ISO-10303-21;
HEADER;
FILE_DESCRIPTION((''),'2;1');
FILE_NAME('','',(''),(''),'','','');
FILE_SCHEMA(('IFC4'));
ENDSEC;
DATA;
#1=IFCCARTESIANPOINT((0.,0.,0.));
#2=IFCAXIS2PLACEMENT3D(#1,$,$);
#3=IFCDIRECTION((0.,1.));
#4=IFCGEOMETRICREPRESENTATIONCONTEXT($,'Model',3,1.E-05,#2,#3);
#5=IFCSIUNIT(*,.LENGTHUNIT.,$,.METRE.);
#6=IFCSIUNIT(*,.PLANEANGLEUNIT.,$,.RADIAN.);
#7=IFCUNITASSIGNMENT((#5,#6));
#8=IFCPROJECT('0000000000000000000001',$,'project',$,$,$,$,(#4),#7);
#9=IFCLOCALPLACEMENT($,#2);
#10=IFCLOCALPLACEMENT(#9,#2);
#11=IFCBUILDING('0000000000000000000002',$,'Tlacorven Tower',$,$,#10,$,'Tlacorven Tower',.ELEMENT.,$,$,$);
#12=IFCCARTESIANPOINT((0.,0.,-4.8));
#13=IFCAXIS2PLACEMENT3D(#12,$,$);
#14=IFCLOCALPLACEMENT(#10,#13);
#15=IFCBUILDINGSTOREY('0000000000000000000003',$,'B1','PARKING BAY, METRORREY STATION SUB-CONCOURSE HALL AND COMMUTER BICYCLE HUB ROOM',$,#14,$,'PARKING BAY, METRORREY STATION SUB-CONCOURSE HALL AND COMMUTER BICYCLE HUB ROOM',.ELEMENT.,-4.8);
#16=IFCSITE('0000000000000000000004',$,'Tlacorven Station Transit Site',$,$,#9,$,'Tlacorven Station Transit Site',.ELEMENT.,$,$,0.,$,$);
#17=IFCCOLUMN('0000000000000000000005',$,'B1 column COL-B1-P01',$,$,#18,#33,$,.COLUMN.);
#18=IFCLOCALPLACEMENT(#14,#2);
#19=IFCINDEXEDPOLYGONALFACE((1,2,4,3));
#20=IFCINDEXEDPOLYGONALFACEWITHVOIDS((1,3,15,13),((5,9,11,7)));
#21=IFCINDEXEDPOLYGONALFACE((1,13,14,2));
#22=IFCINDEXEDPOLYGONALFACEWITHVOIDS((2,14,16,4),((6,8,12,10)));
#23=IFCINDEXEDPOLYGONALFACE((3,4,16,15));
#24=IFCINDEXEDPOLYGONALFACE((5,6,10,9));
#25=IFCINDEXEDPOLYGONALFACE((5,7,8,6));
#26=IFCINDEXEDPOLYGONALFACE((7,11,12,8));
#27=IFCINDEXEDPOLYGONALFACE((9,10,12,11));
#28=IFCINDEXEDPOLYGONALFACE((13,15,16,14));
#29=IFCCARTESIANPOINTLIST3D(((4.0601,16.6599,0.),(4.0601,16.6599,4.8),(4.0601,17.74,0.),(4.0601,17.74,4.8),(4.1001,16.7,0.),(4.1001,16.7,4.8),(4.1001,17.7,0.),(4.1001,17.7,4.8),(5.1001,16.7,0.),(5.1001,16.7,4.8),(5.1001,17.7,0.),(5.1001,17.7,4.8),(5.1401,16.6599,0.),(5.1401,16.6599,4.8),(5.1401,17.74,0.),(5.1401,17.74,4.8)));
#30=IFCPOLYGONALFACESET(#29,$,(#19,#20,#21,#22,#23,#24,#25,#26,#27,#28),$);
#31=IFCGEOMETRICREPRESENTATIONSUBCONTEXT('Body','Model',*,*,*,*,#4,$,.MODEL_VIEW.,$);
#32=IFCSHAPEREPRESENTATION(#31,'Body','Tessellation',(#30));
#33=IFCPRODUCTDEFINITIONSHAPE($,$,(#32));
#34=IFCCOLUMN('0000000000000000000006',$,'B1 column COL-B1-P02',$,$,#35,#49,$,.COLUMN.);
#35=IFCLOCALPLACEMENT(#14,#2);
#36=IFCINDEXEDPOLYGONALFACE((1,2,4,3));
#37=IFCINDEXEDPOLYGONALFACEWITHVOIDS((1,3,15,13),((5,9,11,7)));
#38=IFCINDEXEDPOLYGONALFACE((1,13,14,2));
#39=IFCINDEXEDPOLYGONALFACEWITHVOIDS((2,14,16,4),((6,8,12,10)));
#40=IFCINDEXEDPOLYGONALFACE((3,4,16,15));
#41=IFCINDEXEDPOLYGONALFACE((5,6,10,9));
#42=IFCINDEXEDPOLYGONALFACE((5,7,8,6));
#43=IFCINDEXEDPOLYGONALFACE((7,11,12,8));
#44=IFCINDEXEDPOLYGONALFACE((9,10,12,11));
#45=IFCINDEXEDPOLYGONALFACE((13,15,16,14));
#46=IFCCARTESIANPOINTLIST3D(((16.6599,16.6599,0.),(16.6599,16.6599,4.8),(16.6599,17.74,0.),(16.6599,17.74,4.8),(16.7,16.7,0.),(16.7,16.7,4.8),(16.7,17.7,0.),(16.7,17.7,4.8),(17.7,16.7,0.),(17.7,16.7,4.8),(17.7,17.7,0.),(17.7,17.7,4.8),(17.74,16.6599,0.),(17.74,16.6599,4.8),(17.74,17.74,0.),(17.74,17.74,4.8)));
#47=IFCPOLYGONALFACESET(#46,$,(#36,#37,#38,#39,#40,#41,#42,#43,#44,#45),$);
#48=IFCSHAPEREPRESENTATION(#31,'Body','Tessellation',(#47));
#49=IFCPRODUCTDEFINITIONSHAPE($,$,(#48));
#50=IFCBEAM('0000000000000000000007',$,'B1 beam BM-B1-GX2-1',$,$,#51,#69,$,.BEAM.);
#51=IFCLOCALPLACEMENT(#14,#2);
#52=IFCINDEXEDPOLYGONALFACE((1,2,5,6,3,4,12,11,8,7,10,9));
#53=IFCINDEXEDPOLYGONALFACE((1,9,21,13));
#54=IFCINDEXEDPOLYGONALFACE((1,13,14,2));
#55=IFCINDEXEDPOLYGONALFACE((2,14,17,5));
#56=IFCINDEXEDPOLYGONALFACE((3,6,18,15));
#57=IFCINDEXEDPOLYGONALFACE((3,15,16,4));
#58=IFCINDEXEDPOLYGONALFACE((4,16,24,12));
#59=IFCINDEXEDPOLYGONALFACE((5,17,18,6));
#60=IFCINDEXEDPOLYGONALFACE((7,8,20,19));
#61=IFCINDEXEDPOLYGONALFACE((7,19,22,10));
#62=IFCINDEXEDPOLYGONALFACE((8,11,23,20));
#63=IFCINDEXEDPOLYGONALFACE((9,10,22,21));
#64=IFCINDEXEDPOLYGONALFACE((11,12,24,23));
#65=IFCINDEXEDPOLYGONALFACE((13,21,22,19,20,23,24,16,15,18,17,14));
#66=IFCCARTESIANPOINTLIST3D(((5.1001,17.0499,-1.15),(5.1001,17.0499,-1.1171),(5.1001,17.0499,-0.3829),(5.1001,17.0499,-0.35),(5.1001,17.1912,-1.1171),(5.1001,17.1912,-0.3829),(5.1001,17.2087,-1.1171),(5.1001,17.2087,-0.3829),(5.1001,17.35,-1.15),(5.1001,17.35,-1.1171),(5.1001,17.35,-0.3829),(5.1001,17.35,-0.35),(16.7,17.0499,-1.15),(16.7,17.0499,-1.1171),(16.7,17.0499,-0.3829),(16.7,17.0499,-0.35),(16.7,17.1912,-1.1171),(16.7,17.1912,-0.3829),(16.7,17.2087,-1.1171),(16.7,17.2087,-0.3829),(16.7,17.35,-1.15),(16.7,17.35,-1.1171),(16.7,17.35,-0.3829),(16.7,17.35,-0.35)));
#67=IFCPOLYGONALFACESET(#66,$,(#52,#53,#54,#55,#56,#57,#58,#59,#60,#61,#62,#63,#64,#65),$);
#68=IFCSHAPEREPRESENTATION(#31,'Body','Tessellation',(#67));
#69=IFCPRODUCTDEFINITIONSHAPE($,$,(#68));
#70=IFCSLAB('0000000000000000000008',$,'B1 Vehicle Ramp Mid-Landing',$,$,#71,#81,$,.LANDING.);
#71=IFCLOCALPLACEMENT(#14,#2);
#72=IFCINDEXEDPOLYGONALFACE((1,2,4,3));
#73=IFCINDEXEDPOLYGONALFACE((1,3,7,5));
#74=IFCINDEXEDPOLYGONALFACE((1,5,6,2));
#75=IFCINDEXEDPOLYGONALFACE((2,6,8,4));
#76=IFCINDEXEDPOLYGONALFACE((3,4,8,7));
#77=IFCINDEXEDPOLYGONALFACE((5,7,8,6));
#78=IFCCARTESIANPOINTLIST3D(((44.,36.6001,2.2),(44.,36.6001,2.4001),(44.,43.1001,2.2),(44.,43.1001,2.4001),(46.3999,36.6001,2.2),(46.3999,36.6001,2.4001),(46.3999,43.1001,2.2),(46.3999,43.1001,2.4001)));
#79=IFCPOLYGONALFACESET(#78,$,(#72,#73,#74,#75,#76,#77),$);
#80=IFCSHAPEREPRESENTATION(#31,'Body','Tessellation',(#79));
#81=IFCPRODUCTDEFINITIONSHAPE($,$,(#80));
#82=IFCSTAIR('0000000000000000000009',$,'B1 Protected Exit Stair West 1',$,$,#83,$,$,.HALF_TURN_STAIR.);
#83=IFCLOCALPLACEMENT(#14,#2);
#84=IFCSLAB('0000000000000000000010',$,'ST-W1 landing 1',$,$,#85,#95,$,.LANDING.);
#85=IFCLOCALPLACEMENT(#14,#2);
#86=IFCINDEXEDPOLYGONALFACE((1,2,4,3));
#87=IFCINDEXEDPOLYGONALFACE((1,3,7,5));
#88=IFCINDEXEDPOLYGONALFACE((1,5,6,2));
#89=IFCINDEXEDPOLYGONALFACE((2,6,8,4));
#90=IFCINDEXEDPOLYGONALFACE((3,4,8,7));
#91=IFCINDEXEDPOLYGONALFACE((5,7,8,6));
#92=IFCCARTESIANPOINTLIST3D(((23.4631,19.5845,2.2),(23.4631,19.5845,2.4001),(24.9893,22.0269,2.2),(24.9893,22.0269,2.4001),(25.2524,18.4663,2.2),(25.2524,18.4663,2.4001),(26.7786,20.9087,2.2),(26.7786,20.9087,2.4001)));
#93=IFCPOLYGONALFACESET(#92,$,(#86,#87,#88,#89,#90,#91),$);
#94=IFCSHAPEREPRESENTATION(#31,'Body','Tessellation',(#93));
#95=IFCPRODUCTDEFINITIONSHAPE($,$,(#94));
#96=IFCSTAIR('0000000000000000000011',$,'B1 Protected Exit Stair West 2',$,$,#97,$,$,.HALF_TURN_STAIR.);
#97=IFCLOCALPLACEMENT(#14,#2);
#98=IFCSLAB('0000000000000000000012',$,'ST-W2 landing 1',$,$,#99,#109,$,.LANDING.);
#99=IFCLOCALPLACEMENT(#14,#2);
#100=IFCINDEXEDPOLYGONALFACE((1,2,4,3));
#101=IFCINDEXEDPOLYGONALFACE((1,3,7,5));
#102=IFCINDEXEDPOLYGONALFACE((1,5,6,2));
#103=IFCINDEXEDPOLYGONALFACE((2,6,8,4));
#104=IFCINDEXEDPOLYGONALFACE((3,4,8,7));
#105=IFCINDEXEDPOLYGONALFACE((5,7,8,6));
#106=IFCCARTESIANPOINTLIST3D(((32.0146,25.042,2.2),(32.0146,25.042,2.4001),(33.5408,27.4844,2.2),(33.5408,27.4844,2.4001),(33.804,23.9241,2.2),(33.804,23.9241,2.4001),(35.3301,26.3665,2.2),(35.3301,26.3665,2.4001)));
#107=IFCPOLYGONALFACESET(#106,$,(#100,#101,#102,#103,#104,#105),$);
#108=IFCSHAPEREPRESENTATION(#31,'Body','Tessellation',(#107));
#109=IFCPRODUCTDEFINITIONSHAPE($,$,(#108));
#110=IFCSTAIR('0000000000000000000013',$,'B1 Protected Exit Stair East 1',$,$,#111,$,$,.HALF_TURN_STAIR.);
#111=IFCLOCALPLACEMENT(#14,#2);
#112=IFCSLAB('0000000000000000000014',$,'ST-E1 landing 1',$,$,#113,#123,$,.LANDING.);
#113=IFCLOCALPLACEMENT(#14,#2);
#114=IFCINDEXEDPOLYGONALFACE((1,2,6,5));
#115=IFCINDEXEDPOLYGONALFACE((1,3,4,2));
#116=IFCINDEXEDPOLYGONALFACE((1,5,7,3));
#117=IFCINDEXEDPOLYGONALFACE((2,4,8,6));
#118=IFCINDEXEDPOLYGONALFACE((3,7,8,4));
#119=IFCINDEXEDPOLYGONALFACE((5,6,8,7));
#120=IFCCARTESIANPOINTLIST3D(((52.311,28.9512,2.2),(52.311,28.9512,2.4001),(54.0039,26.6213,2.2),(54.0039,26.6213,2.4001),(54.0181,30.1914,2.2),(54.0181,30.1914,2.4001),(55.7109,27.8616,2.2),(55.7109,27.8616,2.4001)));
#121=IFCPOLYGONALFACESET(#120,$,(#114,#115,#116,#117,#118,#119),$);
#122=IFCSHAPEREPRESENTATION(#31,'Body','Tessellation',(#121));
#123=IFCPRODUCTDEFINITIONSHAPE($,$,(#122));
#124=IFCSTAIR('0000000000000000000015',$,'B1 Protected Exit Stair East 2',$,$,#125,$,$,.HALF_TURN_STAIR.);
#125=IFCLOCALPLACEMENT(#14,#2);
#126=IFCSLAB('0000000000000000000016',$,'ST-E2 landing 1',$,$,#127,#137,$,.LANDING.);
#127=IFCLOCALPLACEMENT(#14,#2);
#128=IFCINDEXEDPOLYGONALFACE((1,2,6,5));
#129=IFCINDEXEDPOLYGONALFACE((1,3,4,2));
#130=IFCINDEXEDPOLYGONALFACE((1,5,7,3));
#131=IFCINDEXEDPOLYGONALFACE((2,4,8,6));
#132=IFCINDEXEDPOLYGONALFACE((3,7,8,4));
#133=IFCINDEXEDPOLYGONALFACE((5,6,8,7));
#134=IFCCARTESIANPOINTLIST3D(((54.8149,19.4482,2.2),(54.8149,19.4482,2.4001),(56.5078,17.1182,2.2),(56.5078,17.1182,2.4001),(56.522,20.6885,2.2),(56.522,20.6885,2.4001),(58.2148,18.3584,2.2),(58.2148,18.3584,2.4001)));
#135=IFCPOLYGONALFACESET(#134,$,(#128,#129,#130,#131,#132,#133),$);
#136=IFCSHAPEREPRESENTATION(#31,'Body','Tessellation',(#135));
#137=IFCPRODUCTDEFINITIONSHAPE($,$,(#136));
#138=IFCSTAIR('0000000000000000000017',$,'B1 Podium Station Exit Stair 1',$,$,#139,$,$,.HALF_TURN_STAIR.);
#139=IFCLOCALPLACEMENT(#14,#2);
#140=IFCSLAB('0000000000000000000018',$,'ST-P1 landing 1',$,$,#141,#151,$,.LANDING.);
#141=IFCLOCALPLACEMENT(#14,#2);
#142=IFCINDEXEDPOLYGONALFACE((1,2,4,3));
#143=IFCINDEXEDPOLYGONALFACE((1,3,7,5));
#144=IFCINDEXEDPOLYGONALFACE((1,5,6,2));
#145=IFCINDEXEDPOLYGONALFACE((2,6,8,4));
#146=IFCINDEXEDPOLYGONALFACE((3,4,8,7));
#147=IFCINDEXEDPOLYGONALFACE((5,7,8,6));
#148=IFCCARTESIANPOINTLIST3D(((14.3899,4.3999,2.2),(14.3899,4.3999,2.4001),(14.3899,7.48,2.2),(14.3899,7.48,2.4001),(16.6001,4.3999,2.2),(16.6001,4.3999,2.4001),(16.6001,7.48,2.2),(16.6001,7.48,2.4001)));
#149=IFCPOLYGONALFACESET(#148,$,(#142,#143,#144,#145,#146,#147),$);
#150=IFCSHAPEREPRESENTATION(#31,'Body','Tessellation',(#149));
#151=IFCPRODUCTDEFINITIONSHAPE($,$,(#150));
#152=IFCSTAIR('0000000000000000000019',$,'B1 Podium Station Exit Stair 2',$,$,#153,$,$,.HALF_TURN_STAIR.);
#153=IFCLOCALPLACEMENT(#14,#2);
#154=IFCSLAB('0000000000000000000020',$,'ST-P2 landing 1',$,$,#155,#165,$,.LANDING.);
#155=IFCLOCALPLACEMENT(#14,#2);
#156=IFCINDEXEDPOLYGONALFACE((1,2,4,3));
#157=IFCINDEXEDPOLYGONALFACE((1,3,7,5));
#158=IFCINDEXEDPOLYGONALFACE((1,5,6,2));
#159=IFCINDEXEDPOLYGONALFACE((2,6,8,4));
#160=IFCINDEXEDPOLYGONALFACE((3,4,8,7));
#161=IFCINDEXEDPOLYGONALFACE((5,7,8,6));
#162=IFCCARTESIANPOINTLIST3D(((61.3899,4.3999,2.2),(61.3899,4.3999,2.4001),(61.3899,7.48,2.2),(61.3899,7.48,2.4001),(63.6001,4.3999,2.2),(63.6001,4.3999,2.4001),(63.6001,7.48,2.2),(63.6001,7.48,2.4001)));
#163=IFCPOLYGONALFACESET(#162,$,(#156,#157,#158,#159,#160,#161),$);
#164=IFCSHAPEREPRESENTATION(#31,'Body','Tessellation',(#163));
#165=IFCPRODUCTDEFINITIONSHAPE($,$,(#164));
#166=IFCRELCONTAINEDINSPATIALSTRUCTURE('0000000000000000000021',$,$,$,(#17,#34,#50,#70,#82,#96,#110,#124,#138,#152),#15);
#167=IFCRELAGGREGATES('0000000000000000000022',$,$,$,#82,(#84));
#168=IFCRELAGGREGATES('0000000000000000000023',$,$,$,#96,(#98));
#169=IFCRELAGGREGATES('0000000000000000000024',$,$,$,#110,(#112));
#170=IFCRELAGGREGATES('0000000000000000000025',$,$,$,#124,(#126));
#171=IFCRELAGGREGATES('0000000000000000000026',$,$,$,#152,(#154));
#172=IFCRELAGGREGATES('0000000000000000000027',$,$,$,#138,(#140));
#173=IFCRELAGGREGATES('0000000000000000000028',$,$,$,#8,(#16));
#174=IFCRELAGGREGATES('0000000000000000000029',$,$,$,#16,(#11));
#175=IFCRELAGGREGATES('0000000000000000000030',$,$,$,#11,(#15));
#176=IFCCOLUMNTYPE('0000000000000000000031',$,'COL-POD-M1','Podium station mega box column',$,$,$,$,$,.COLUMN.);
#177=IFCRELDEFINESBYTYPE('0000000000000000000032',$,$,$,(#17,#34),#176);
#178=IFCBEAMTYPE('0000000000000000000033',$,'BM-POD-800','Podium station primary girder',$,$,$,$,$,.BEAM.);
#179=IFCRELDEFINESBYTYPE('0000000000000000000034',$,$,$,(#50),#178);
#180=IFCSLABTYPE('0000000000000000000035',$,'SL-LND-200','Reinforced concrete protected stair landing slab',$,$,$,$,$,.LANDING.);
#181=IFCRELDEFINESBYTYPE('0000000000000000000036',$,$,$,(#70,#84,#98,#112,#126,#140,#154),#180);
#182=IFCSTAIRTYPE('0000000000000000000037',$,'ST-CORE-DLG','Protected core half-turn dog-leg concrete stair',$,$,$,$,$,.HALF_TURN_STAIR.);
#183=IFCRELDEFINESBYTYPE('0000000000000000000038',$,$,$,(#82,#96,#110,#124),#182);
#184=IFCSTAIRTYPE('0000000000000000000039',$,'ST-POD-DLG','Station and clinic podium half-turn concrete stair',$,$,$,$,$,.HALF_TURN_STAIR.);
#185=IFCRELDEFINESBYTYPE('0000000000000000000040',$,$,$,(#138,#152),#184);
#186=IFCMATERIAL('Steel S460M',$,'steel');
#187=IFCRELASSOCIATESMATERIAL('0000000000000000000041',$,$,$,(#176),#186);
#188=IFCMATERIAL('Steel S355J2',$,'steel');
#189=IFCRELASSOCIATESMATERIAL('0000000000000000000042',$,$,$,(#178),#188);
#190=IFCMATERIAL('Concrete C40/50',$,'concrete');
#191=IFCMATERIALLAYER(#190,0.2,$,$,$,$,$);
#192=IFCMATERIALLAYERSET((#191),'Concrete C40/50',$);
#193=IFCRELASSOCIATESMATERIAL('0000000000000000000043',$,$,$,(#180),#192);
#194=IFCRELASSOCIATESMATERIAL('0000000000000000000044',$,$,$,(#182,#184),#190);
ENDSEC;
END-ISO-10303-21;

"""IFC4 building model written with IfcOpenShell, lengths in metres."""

from ifc_helpers import new_model, si_unit, direction, frame, origin, origin_2d, place, context, subcontext, project, spatial, polyline, hollow_rectangle, i_section, outline, extrude, source, transform, mapped, material, layer, layer_set, material_profile, profile_set, type_object, element, aggregate, save


model = new_model("IFC4")

# Units and contexts
model_context = context("Model", 3, precision=1e-05, world=origin(), true_north=direction((0.0, 1.0)))
body_context = subcontext(model_context, "Body", "Model", "MODEL_VIEW")
ifc_project = project(units=[si_unit("LENGTHUNIT", "METRE"), si_unit("PLANEANGLEUNIT", "RADIAN")], contexts=[model_context])

# Site, building, storey
site_placement = place(None, origin())
site = spatial("IfcSite", under=ifc_project, at=site_placement, Name="Tlacorven Station Transit Site", LongName="Tlacorven Station Transit Site", CompositionType="ELEMENT", RefElevation=0.0)
building_placement = place(site_placement, origin())
building = spatial("IfcBuilding", under=site, at=building_placement, Name="Tlacorven Tower", LongName="Tlacorven Tower", CompositionType="ELEMENT")
storey_placement = place(building_placement, frame((0.0, 0.0, -4.8)))
storey = spatial("IfcBuildingStorey", under=building, at=storey_placement, Name="B1", Description="PARKING BAY, METRORREY STATION SUB-CONCOURSE HALL AND COMMUTER BICYCLE HUB ROOM", LongName="PARKING BAY, METRORREY STATION SUB-CONCOURSE HALL AND COMMUTER BICYCLE HUB ROOM", CompositionType="ELEMENT", Elevation=-4.8)

# Columns
ifc_material_1 = material(Name="Steel S460M", Category="steel")
ifc_material_profile_1 = material_profile(ifc_material_1, hollow_rectangle(XDim=1.0801, YDim=1.0801, WallThickness=0.04, at=origin_2d()), Name="BOX 1080X1080X40")
ifc_profile_set_1 = profile_set([ifc_material_profile_1], Name="Steel S460M")
column_type = type_object("IfcColumnType", Name="COL-POD-M1", Description="Podium station mega box column", PredefinedType="COLUMN", material=ifc_profile_set_1)
shared_shape_1 = source(origin(), body_context, "Body", "SweptSolid", [
    extrude(hollow_rectangle(XDim=1.0801, YDim=1.0801, WallThickness=0.04, at=origin_2d()), origin(), (0.0, 0.0, 1.0), 4.8),
])
for number, where, z_axis, x_axis, name in (
    (1, (4.6001, 17.2, 0.0), (0.0, 0.0, 1.0), (1.0, 0.0, 0.0), "B1 column COL-B1-P01"),
    (2, (17.2, 17.2, 0.0), (0.0, 0.0, 1.0), (1.0, 0.0, 0.0), "B1 column COL-B1-P02"),
):
    element("IfcColumn", number, at=place(storey_placement, frame(where, z_axis=z_axis, x_axis=x_axis)), inside=storey, type_object=column_type, Name=name, PredefinedType="COLUMN", context=body_context, shape_type="MappedRepresentation", body=[
        mapped(shared_shape_1, transform((0.0, 0.0, 0.0), scale=1.0)),
    ])

# Beam
ifc_material_2 = material(Name="Steel S355J2", Category="steel")
ifc_material_profile_2 = material_profile(ifc_material_2, i_section(OverallWidth=0.3, OverallDepth=0.8, WebThickness=0.0176, FlangeThickness=0.033, at=origin_2d()), Name="HEB 800")
ifc_profile_set_2 = profile_set([ifc_material_profile_2], Name="Steel S355J2")
beam_type = type_object("IfcBeamType", Name="BM-POD-800", Description="Podium station primary girder", PredefinedType="BEAM", material=ifc_profile_set_2)
shared_shape_2 = source(origin(), body_context, "Body", "SweptSolid", [
    extrude(i_section(OverallWidth=0.3, OverallDepth=0.8, WebThickness=0.0176, FlangeThickness=0.033, at=origin_2d()), origin(), (0.0, 0.0, 1.0), 11.5999),
])
beam_placement = place(storey_placement, frame((5.1001, 17.2, -0.75), z_axis=(1.0, 0.0, 0.0), x_axis=(0.0, 1.0, 0.0)))
element("IfcBeam", 3, at=beam_placement, inside=storey, type_object=beam_type, Name="B1 beam BM-B1-GX2-1", PredefinedType="BEAM", context=body_context, shape_type="MappedRepresentation", body=[
    mapped(shared_shape_2, transform((0.0, 0.0, 0.0), scale=1.0)),
])

# Slab
ifc_material_3 = material(Name="Concrete C40/50", Category="concrete")
ifc_layer_1 = layer(ifc_material_3, 0.2)
ifc_layer_set_1 = layer_set([ifc_layer_1], Name="Concrete C40/50")
slab_type_1 = type_object("IfcSlabType", Name="SL-LND-200", Description="Reinforced concrete protected stair landing slab", PredefinedType="LANDING", material=ifc_layer_set_1)
slab_1_placement = place(storey_placement, frame((0.0, 0.0, 2.2)))
element("IfcSlab", 4, at=slab_1_placement, inside=storey, type_object=slab_type_1, Name="B1 Vehicle Ramp Mid-Landing", PredefinedType="LANDING", context=body_context, shape_type="SweptSolid", body=[
    extrude(outline(polyline([(44.0, 36.6001), (46.3999, 36.6001), (46.3999, 43.1001), (44.0, 43.1001), (44.0, 36.6001)])), origin(), (0.0, 0.0, 1.0), 0.2002),
])

# Stairs, slabs
stair_type_1 = type_object("IfcStairType", Name="ST-CORE-DLG", Description="Protected core half-turn dog-leg concrete stair", PredefinedType="HALF_TURN_STAIR", material=ifc_material_3)
stair_1_placement = place(storey_placement, origin())
stair_1 = element("IfcStair", 5, at=stair_1_placement, inside=storey, type_object=stair_type_1, Name="B1 Protected Exit Stair West 1", PredefinedType="HALF_TURN_STAIR")
slab_2_placement = place(storey_placement, frame((0.0, 0.0, 2.2)))
slab_2 = element("IfcSlab", 6, at=slab_2_placement, type_object=slab_type_1, Name="ST-W1 landing 1", PredefinedType="LANDING", context=body_context, shape_type="SweptSolid", body=[
    extrude(outline(polyline([(26.7786, 20.9087), (24.9893, 22.0269), (23.4631, 19.5845), (25.2524, 18.4663), (26.7786, 20.9087)])), origin(), (0.0, 0.0, 1.0), 0.2002),
])
aggregate(stair_1, [slab_2])
stair_2_placement = place(storey_placement, origin())
stair_2 = element("IfcStair", 7, at=stair_2_placement, inside=storey, type_object=stair_type_1, Name="B1 Protected Exit Stair West 2", PredefinedType="HALF_TURN_STAIR")
slab_3_placement = place(storey_placement, frame((0.0, 0.0, 2.2)))
slab_3 = element("IfcSlab", 8, at=slab_3_placement, type_object=slab_type_1, Name="ST-W2 landing 1", PredefinedType="LANDING", context=body_context, shape_type="SweptSolid", body=[
    extrude(outline(polyline([(35.3301, 26.3665), (33.5408, 27.4844), (32.0146, 25.042), (33.804, 23.9241), (35.3301, 26.3665)])), origin(), (0.0, 0.0, 1.0), 0.2002),
])
aggregate(stair_2, [slab_3])
stair_3_placement = place(storey_placement, origin())
stair_3 = element("IfcStair", 9, at=stair_3_placement, inside=storey, type_object=stair_type_1, Name="B1 Protected Exit Stair East 1", PredefinedType="HALF_TURN_STAIR")
slab_4_placement = place(storey_placement, frame((0.0, 0.0, 2.2)))
slab_4 = element("IfcSlab", 10, at=slab_4_placement, type_object=slab_type_1, Name="ST-E1 landing 1", PredefinedType="LANDING", context=body_context, shape_type="SweptSolid", body=[
    extrude(outline(polyline([(54.0039, 26.6213), (55.7109, 27.8616), (54.0181, 30.1914), (52.311, 28.9512), (54.0039, 26.6213)])), origin(), (0.0, 0.0, 1.0), 0.2002),
])
aggregate(stair_3, [slab_4])
stair_4_placement = place(storey_placement, origin())
stair_4 = element("IfcStair", 11, at=stair_4_placement, inside=storey, type_object=stair_type_1, Name="B1 Protected Exit Stair East 2", PredefinedType="HALF_TURN_STAIR")
slab_5_placement = place(storey_placement, frame((0.0, 0.0, 2.2)))
slab_5 = element("IfcSlab", 12, at=slab_5_placement, type_object=slab_type_1, Name="ST-E2 landing 1", PredefinedType="LANDING", context=body_context, shape_type="SweptSolid", body=[
    extrude(outline(polyline([(56.5078, 17.1182), (58.2148, 18.3584), (56.522, 20.6885), (54.8149, 19.4482), (56.5078, 17.1182)])), origin(), (0.0, 0.0, 1.0), 0.2002),
])
aggregate(stair_4, [slab_5])
stair_type_2 = type_object("IfcStairType", Name="ST-POD-DLG", Description="Station and clinic podium half-turn concrete stair", PredefinedType="HALF_TURN_STAIR", material=ifc_material_3)
stair_5_placement = place(storey_placement, origin())
stair_5 = element("IfcStair", 13, at=stair_5_placement, inside=storey, type_object=stair_type_2, Name="B1 Podium Station Exit Stair 1", PredefinedType="HALF_TURN_STAIR")
slab_6_placement = place(storey_placement, frame((0.0, 0.0, 2.2)))
slab_6 = element("IfcSlab", 14, at=slab_6_placement, type_object=slab_type_1, Name="ST-P1 landing 1", PredefinedType="LANDING", context=body_context, shape_type="SweptSolid", body=[
    extrude(outline(polyline([(14.3899, 4.3999), (16.6001, 4.3999), (16.6001, 7.48), (14.3899, 7.48), (14.3899, 4.3999)])), origin(), (0.0, 0.0, 1.0), 0.2002),
])
stair_6_placement = place(storey_placement, origin())
stair_6 = element("IfcStair", 15, at=stair_6_placement, inside=storey, type_object=stair_type_2, Name="B1 Podium Station Exit Stair 2", PredefinedType="HALF_TURN_STAIR")
slab_7_placement = place(storey_placement, frame((0.0, 0.0, 2.2)))
slab_7 = element("IfcSlab", 16, at=slab_7_placement, type_object=slab_type_1, Name="ST-P2 landing 1", PredefinedType="LANDING", context=body_context, shape_type="SweptSolid", body=[
    extrude(outline(polyline([(61.3899, 4.3999), (63.6001, 4.3999), (63.6001, 7.48), (61.3899, 7.48), (61.3899, 4.3999)])), origin(), (0.0, 0.0, 1.0), 0.2002),
])
aggregate(stair_6, [slab_7])

aggregate(stair_5, [slab_6])

save(model, "model.ifc")
